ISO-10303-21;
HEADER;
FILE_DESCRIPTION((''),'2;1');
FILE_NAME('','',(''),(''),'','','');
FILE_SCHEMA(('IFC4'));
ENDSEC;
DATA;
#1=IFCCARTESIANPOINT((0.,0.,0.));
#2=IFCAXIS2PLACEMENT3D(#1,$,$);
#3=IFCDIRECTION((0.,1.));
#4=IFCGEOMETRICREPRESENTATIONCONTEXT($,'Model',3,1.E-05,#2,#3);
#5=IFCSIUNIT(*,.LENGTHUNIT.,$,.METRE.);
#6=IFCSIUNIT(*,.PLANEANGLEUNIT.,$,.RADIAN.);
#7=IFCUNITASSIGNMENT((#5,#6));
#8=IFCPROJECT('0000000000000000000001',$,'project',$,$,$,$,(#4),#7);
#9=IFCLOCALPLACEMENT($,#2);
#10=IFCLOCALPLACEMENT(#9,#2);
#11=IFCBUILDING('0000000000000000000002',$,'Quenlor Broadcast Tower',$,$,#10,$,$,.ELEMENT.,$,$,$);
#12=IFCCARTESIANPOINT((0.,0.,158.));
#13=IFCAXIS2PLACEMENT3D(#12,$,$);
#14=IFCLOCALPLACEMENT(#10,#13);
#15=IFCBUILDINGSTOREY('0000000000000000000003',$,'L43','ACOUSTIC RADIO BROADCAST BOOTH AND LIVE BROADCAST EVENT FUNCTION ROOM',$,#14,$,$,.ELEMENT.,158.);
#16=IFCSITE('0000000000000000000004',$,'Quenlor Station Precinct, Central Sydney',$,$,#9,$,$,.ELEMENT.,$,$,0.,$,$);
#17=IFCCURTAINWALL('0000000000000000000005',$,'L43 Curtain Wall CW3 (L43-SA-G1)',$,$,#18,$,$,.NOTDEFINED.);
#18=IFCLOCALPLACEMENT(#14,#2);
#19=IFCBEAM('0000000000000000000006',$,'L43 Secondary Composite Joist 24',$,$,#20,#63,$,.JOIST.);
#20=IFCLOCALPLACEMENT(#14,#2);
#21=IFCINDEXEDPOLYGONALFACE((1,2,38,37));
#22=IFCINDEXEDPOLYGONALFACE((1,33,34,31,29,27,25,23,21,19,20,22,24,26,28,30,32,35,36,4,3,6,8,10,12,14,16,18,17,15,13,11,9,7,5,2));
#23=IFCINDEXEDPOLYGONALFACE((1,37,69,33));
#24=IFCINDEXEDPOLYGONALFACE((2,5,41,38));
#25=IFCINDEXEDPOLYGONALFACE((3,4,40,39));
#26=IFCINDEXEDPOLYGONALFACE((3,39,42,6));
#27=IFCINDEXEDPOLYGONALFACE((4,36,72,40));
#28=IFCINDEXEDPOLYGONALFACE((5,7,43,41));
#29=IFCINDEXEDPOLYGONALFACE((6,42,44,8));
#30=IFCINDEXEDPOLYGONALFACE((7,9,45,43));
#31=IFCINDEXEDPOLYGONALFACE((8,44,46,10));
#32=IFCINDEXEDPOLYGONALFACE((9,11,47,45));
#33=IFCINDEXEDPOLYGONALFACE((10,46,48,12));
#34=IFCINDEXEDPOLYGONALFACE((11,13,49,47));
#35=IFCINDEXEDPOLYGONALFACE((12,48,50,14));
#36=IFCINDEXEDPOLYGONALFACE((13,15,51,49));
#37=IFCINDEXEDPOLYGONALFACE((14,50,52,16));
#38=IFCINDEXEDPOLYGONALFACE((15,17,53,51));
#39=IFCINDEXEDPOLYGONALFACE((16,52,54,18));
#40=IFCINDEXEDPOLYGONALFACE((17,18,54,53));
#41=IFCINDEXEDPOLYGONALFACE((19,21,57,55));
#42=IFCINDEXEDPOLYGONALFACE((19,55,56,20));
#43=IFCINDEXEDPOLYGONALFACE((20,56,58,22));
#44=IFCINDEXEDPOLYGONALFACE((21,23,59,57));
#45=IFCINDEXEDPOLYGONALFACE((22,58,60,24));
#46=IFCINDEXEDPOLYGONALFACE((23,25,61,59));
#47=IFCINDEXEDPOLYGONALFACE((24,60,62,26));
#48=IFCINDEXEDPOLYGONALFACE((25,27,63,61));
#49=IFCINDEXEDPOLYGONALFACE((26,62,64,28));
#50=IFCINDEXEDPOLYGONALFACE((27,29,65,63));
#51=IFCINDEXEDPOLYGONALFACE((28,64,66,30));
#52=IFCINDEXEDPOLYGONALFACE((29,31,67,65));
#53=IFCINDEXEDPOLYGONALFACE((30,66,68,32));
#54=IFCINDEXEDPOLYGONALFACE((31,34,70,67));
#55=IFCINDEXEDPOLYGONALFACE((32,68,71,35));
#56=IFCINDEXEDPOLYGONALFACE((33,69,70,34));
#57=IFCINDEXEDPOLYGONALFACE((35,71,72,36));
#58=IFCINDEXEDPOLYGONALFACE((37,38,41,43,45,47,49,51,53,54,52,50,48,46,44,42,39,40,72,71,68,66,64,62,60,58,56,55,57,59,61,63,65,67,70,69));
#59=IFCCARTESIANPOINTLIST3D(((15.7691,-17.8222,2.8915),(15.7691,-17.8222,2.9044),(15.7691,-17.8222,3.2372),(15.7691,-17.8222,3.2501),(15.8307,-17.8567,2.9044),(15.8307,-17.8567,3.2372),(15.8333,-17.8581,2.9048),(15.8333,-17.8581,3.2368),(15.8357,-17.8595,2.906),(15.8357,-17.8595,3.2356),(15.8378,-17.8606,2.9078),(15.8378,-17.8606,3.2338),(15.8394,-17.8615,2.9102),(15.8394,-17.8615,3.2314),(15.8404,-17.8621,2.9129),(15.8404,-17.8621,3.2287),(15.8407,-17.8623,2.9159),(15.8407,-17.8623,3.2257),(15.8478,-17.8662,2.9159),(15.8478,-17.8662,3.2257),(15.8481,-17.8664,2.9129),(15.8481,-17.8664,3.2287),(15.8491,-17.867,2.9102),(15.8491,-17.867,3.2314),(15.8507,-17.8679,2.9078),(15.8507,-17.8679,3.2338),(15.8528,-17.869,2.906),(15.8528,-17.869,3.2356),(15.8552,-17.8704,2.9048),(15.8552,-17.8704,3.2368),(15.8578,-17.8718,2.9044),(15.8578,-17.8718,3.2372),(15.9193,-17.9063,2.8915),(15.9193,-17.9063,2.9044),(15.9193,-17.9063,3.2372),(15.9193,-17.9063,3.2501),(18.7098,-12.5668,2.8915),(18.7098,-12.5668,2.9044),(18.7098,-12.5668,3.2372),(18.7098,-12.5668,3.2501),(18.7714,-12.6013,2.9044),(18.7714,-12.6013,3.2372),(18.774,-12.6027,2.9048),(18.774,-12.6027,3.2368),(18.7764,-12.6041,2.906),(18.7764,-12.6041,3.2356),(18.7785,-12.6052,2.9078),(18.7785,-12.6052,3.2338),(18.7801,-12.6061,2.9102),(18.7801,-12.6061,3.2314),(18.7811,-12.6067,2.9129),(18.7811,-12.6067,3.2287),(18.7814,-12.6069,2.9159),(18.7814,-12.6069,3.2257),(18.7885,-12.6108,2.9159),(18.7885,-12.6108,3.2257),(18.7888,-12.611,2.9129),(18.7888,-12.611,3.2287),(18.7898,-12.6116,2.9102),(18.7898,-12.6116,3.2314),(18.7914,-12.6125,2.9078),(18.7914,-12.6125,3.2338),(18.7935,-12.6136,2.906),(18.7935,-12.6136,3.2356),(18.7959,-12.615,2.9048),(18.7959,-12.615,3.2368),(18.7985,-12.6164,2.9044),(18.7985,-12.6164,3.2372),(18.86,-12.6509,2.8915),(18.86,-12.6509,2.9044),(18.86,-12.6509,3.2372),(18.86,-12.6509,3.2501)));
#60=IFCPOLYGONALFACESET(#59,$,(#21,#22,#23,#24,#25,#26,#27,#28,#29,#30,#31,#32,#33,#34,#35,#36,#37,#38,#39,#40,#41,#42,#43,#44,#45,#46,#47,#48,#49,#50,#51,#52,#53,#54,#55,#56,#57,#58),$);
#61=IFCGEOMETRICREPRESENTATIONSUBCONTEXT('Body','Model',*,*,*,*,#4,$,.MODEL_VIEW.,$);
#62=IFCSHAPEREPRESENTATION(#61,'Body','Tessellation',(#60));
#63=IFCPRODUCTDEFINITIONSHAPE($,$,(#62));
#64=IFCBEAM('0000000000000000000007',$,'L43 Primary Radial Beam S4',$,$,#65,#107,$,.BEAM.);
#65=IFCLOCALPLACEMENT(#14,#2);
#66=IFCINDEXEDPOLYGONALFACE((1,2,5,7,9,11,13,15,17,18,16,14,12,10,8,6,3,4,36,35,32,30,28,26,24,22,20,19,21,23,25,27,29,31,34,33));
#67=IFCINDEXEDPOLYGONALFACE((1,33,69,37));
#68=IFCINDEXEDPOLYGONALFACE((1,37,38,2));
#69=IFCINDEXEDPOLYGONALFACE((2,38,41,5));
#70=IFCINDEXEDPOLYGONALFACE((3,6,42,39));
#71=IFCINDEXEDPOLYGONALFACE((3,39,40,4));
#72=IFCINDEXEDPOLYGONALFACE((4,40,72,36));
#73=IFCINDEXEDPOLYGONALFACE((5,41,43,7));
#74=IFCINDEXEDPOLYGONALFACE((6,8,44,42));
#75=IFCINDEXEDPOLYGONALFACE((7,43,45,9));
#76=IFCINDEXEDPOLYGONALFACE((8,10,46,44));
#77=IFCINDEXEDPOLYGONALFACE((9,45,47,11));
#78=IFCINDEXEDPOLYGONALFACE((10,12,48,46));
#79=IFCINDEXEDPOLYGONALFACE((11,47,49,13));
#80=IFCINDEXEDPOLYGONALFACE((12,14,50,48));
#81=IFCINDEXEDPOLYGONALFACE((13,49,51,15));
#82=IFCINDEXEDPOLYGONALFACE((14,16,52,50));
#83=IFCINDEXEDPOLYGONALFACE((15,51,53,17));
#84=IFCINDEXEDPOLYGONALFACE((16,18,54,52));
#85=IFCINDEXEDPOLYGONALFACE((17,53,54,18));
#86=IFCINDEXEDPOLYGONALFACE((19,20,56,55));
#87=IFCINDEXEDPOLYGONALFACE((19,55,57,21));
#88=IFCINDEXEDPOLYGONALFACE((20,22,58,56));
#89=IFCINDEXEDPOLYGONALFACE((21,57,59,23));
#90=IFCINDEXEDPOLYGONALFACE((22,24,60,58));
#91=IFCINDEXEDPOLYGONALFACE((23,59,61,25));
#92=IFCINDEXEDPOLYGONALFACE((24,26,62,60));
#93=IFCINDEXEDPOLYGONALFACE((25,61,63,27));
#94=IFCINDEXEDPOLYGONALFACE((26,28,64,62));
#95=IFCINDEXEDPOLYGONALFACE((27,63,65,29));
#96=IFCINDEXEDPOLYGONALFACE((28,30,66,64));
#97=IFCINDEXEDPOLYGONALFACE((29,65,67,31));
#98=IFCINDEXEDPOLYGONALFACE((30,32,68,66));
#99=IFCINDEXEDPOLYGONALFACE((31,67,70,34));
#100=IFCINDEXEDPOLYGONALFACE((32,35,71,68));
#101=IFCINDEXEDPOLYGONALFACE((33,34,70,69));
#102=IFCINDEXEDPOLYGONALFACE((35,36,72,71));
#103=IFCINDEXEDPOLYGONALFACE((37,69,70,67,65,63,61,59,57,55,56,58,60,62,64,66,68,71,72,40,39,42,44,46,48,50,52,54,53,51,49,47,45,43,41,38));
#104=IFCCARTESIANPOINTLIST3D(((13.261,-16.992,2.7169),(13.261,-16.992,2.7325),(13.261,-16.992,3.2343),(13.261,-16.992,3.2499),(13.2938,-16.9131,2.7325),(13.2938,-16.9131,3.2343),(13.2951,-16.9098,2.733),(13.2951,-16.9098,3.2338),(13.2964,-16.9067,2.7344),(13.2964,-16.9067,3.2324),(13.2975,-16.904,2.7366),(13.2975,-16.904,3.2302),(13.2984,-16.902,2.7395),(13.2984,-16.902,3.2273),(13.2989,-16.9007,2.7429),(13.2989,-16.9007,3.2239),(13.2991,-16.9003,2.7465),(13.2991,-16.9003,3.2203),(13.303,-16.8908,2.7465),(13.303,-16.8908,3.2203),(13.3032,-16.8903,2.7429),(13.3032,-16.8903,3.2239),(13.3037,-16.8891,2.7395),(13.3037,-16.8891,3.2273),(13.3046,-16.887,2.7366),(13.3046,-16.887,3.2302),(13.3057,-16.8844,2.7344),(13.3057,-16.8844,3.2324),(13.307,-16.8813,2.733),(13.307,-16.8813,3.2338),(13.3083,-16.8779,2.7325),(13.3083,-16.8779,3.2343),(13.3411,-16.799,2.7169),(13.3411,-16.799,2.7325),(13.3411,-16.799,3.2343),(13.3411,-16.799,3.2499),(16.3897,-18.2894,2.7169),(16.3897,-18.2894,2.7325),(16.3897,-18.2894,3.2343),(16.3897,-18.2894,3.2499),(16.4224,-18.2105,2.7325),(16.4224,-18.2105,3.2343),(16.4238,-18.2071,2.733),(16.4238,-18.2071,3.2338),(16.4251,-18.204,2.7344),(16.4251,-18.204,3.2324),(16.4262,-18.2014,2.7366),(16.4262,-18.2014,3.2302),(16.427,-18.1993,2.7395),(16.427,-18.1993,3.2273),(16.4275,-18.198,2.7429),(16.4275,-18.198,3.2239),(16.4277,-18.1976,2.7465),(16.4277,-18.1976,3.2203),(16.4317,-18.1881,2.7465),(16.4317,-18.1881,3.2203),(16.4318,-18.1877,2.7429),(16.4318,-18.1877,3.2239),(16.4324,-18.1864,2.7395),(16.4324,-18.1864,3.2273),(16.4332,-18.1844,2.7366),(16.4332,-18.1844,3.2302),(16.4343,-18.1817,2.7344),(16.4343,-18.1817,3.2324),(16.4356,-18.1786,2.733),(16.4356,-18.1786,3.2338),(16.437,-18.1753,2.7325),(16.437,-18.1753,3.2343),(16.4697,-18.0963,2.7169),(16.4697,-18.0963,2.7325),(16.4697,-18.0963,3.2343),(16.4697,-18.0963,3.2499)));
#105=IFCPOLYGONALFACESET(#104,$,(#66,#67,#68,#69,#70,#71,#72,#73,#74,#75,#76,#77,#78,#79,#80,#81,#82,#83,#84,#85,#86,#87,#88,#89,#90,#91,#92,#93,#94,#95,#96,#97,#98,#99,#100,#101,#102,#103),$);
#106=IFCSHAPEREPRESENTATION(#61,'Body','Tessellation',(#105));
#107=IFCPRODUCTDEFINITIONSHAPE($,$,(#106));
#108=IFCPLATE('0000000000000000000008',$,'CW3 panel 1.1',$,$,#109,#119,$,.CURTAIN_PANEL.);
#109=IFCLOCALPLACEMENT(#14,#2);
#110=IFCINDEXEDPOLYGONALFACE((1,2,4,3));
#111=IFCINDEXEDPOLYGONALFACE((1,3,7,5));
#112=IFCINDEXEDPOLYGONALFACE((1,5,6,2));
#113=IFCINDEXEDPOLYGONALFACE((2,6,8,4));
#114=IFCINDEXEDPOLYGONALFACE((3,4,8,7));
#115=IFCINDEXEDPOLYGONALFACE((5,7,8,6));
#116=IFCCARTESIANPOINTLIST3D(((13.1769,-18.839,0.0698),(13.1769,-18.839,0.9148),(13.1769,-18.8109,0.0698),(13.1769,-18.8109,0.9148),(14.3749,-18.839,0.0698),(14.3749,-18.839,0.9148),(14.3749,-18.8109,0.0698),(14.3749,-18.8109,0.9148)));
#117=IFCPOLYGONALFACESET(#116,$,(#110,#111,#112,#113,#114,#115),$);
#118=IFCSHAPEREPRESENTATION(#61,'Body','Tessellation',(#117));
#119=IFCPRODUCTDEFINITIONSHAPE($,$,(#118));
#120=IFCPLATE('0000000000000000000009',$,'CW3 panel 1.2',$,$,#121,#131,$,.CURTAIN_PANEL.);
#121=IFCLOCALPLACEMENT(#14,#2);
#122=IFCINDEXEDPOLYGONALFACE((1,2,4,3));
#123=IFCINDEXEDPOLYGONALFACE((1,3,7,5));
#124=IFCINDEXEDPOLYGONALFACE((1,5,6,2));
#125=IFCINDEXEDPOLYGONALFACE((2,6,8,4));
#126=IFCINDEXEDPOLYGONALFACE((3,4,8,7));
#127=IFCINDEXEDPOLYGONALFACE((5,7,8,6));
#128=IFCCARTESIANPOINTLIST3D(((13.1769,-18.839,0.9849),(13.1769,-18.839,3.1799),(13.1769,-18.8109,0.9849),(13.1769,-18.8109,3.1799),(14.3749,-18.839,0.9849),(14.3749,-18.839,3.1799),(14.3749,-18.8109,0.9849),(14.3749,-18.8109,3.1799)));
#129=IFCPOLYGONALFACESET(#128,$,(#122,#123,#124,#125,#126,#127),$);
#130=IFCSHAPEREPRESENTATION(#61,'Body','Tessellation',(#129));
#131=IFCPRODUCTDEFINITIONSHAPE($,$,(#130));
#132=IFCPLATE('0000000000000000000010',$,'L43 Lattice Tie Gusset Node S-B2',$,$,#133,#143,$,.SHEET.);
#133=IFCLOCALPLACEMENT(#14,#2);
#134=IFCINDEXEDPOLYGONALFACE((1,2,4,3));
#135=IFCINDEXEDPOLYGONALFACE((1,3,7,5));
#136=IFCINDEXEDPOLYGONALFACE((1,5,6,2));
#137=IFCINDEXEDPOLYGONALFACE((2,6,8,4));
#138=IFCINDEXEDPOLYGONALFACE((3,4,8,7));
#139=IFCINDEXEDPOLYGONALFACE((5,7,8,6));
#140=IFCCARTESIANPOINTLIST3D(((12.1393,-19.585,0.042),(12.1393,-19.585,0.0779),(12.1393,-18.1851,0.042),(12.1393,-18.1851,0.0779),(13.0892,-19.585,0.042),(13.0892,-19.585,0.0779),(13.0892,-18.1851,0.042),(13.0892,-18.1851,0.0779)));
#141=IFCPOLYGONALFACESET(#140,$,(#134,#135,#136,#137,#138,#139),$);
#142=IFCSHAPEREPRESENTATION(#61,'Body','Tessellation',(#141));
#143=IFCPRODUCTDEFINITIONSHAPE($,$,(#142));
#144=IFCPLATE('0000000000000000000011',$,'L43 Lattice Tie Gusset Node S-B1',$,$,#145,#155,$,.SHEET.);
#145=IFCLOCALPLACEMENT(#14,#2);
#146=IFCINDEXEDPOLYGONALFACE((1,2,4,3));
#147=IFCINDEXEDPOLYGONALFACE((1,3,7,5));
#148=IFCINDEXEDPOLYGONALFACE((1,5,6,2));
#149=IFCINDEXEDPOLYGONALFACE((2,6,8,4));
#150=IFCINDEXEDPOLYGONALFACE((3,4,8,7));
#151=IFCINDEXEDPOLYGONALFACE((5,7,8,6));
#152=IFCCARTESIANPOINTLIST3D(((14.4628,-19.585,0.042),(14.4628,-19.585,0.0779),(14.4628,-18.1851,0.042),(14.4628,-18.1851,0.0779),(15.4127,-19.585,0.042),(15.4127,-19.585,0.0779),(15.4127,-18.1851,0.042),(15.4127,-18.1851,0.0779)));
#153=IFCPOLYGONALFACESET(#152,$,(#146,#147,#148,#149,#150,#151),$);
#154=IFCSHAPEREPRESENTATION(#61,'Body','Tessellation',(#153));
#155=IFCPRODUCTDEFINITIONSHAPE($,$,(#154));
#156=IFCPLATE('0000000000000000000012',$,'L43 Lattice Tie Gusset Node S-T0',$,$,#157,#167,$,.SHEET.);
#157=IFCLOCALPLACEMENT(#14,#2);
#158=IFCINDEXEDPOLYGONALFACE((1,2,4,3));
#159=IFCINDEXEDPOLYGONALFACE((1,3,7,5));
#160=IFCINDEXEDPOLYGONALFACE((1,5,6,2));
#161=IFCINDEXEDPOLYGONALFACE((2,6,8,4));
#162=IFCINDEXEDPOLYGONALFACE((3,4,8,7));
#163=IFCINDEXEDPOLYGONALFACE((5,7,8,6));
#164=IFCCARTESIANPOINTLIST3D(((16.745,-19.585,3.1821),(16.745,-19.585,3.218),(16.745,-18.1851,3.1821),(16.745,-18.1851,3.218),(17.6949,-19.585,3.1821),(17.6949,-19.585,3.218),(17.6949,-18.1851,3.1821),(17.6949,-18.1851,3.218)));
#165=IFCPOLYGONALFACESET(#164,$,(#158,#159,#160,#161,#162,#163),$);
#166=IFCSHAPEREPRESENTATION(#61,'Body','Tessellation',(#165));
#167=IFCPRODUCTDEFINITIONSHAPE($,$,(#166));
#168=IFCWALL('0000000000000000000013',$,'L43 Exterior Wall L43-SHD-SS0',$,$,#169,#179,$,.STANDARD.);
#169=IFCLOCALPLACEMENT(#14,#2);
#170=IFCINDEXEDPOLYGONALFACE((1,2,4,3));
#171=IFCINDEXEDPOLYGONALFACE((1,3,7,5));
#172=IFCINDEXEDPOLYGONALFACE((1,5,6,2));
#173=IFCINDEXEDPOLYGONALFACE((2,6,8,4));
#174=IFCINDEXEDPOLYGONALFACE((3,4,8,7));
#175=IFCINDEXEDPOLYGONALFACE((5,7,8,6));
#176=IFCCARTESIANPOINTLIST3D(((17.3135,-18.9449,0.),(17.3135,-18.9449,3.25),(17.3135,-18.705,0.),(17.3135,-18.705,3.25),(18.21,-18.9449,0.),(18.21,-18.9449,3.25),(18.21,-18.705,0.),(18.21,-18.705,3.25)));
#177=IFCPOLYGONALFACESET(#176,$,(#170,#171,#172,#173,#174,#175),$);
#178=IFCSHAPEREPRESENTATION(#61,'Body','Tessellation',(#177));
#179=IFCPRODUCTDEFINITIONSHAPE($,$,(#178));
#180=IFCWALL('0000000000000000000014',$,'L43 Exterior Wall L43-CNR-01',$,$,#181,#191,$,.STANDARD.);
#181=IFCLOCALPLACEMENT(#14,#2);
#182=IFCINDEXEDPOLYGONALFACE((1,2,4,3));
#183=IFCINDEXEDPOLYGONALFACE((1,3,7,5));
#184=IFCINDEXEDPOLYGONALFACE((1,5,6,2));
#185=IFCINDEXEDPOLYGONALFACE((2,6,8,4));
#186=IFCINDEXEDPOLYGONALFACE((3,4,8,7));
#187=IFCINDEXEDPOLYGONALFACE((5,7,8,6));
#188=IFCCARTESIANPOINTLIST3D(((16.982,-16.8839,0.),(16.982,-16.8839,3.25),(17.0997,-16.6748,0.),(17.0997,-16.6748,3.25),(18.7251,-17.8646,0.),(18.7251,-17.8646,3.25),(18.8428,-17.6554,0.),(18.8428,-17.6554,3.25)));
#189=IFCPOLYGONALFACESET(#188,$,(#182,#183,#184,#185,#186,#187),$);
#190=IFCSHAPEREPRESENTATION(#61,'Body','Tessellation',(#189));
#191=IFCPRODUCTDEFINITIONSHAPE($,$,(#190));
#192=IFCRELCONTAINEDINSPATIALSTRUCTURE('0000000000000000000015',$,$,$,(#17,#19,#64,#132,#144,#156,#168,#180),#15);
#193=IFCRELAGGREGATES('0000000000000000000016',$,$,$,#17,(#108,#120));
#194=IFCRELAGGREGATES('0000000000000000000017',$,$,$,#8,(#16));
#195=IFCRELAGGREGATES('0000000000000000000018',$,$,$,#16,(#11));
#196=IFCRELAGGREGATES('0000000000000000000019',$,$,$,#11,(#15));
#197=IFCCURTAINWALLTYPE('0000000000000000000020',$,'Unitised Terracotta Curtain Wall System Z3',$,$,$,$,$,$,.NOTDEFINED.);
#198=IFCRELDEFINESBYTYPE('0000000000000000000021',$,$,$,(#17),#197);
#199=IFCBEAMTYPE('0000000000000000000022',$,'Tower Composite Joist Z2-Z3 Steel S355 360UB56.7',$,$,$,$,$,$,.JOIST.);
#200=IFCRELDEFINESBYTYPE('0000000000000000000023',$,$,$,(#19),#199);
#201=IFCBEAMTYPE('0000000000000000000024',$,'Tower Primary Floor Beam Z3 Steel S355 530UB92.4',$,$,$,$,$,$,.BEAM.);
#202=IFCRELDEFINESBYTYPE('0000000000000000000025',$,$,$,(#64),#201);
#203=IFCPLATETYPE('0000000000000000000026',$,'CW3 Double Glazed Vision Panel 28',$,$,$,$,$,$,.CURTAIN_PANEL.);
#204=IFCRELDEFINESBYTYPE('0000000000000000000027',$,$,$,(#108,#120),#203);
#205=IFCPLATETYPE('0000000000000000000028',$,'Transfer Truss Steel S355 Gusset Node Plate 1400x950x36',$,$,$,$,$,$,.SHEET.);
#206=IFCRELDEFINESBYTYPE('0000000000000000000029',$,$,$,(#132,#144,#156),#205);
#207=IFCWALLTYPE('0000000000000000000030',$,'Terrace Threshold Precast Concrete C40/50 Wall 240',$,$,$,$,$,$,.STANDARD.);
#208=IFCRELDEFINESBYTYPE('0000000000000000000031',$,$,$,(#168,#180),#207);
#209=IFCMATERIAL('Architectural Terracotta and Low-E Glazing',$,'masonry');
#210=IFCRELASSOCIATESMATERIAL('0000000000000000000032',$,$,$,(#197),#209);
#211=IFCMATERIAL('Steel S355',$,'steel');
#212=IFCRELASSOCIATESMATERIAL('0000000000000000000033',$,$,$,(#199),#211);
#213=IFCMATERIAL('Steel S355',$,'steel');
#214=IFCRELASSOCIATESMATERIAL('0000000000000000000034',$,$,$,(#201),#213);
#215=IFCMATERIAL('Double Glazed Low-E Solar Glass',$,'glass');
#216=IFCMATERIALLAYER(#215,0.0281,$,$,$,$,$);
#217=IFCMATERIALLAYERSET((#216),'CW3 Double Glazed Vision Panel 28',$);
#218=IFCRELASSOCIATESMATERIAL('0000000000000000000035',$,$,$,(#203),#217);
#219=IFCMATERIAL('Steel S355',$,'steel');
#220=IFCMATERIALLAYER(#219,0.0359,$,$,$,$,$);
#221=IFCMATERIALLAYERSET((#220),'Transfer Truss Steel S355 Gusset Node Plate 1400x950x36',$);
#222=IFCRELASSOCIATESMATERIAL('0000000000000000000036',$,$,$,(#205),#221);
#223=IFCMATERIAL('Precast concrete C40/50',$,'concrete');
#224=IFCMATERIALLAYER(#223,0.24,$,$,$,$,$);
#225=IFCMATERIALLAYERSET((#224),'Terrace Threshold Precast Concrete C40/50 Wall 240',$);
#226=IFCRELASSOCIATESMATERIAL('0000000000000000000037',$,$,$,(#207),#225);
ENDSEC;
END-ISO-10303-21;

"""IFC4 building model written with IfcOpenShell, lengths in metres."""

from ifc_helpers import new_model, si_unit, direction, frame, frame_2d, origin, origin_2d, place, context, subcontext, project, spatial, rectangle, i_section, extrude, material, layer, layer_set, material_profile, profile_set, type_object, element, aggregate, save


model = new_model("IFC4")

# Units and contexts
model_context = context("Model", 3, precision=1e-05, world=origin(), true_north=direction((0.0, 1.0)))
body_context = subcontext(model_context, "Body", "Model", "MODEL_VIEW")
ifc_project = project(units=[si_unit("LENGTHUNIT", "METRE"), si_unit("PLANEANGLEUNIT", "RADIAN")], contexts=[model_context])

# Site, building, storey
site_placement = place(None, origin())
site = spatial("IfcSite", under=ifc_project, at=site_placement, Name="Quenlor Station Precinct, Central Sydney", CompositionType="ELEMENT", RefElevation=0.0)
building_placement = place(site_placement, origin())
building = spatial("IfcBuilding", under=site, at=building_placement, Name="Quenlor Broadcast Tower", CompositionType="ELEMENT")
storey_placement = place(building_placement, frame((0.0, 0.0, 158.0)))
storey = spatial("IfcBuildingStorey", under=building, at=storey_placement, Name="L43", Description="ACOUSTIC RADIO BROADCAST BOOTH AND LIVE BROADCAST EVENT FUNCTION ROOM", CompositionType="ELEMENT", Elevation=158.0)

# Curtain wall
ifc_material_1 = material(Name="Architectural Terracotta and Low-E Glazing", Category="masonry")
curtain_wall_type = type_object("IfcCurtainWallType", Name="Unitised Terracotta Curtain Wall System Z3", PredefinedType="NOTDEFINED", material=ifc_material_1)
curtain_wall_placement = place(storey_placement, origin())
curtain_wall = element("IfcCurtainWall", 1, at=curtain_wall_placement, inside=storey, type_object=curtain_wall_type, Name="L43 Curtain Wall CW3 (L43-SA-G1)", PredefinedType="NOTDEFINED")

# Beams
ifc_material_2 = material(Name="Steel S355", Category="steel")
ifc_material_profile_1 = material_profile(ifc_material_2, i_section(OverallWidth=0.1721, OverallDepth=0.3586, WebThickness=0.0081, FlangeThickness=0.0129, FilletRadius=0.0115, at=origin_2d()))
ifc_profile_set_1 = profile_set([ifc_material_profile_1], Name="Steel S355 360UB56.7")
beam_type_1 = type_object("IfcBeamType", Name="Tower Composite Joist Z2-Z3 Steel S355 360UB56.7", PredefinedType="JOIST", material=ifc_profile_set_1)
beam_1_placement = place(storey_placement, frame((15.8442, -17.8643, 3.0708), z_axis=(0.488308, 0.872671, 0.0), x_axis=(-0.872671, 0.488308, 0.0)))
element("IfcBeam", 2, at=beam_1_placement, inside=storey, type_object=beam_type_1, Name="L43 Secondary Composite Joist 24", PredefinedType="JOIST", context=body_context, shape_type="SweptSolid", body=[
    extrude(i_section(OverallWidth=0.1721, OverallDepth=0.3586, WebThickness=0.0081, FlangeThickness=0.0129, FilletRadius=0.0115, at=origin_2d()), origin(), (0.0, 0.0, 1.0), 6.0222),
])
ifc_material_3 = material(Name="Steel S355", Category="steel")
ifc_material_profile_2 = material_profile(ifc_material_3, i_section(OverallWidth=0.209, OverallDepth=0.533, WebThickness=0.0103, FlangeThickness=0.0156, FilletRadius=0.0139, at=origin_2d()))
ifc_profile_set_2 = profile_set([ifc_material_profile_2], Name="Steel S355 530UB92.4")
beam_type_2 = type_object("IfcBeamType", Name="Tower Primary Floor Beam Z3 Steel S355 530UB92.4", PredefinedType="BEAM", material=ifc_profile_set_2)
beam_2_placement = place(storey_placement, frame((16.4297, -18.1929, 2.9834), z_axis=(-0.92373, 0.383044, 0.0), x_axis=(-0.383044, -0.92373, 0.0)))
element("IfcBeam", 3, at=beam_2_placement, inside=storey, type_object=beam_type_2, Name="L43 Primary Radial Beam S4", PredefinedType="BEAM", context=body_context, shape_type="SweptSolid", body=[
    extrude(i_section(OverallWidth=0.209, OverallDepth=0.533, WebThickness=0.0103, FlangeThickness=0.0156, FilletRadius=0.0139, at=origin_2d()), origin(), (0.0, 0.0, 1.0), 3.387),
])

# Plates
ifc_material_4 = material(Name="Double Glazed Low-E Solar Glass", Category="glass")
ifc_layer_1 = layer(ifc_material_4, 0.0281)
ifc_layer_set_1 = layer_set([ifc_layer_1], Name="CW3 Double Glazed Vision Panel 28")
plate_type_1 = type_object("IfcPlateType", Name="CW3 Double Glazed Vision Panel 28", PredefinedType="CURTAIN_PANEL", material=ifc_layer_set_1)
plate_1_placement = place(storey_placement, frame((13.7759, -18.825, 0.0698), z_axis=(0.0, 0.0, 1.0), x_axis=(-1.0, 0.0, 0.0)))
plate_1 = element("IfcPlate", 4, at=plate_1_placement, type_object=plate_type_1, Name="CW3 panel 1.1", PredefinedType="CURTAIN_PANEL", context=body_context, shape_type="SweptSolid", body=[
    extrude(rectangle(XDim=1.198, YDim=0.0281, at=origin_2d()), origin(), (0.0, 0.0, 1.0), 0.845),
])
plate_2_placement = place(storey_placement, frame((13.7759, -18.825, 0.9849), z_axis=(0.0, 0.0, 1.0), x_axis=(-1.0, 0.0, 0.0)))
plate_2 = element("IfcPlate", 5, at=plate_2_placement, type_object=plate_type_1, Name="CW3 panel 1.2", PredefinedType="CURTAIN_PANEL", context=body_context, shape_type="SweptSolid", body=[
    extrude(rectangle(XDim=1.198, YDim=0.0281, at=origin_2d()), origin(), (0.0, 0.0, 1.0), 2.1951),
])
aggregate(curtain_wall, [plate_1, plate_2])

# Plates
ifc_material_5 = material(Name="Steel S355", Category="steel")
ifc_layer_2 = layer(ifc_material_5, 0.0359)
ifc_layer_set_2 = layer_set([ifc_layer_2], Name="Transfer Truss Steel S355 Gusset Node Plate 1400x950x36")
plate_type_2 = type_object("IfcPlateType", Name="Transfer Truss Steel S355 Gusset Node Plate 1400x950x36", PredefinedType="SHEET", material=ifc_layer_set_2)
for number, where, z_axis, x_axis, name in (
    (6, (12.6143, -18.885, 0.042), (0.0, 0.0, 1.0), (0.0, -1.0, 0.0), "L43 Lattice Tie Gusset Node S-B2"),
    (7, (14.9377, -18.885, 0.042), (0.0, 0.0, 1.0), (0.0, -1.0, 0.0), "L43 Lattice Tie Gusset Node S-B1"),
    (8, (17.22, -18.885, 3.1821), (0.0, 0.0, 1.0), (0.0, -1.0, 0.0), "L43 Lattice Tie Gusset Node S-T0"),
):
    element("IfcPlate", number, at=place(storey_placement, frame(where, z_axis=z_axis, x_axis=x_axis)), inside=storey, type_object=plate_type_2, Name=name, PredefinedType="SHEET", context=body_context, shape_type="SweptSolid", body=[
        extrude(rectangle(XDim=1.3999, YDim=0.95, at=origin_2d()), origin(), (0.0, 0.0, 1.0), 0.0359),
    ])

# Walls
ifc_material_6 = material(Name="Precast concrete C40/50", Category="concrete")
ifc_layer_3 = layer(ifc_material_6, 0.24)
ifc_layer_set_3 = layer_set([ifc_layer_3], Name="Terrace Threshold Precast Concrete C40/50 Wall 240")
wall_type_1 = type_object("IfcWallType", Name="Terrace Threshold Precast Concrete C40/50 Wall 240", PredefinedType="STANDARD", material=ifc_layer_set_3)
wall_1_placement = place(storey_placement, frame((18.21, -18.825, 0.0), z_axis=(0.0, 0.0, 1.0), x_axis=(-1.0, 0.0, 0.0)))
element("IfcWall", 9, at=wall_1_placement, inside=storey, type_object=wall_type_1, Name="L43 Exterior Wall L43-SHD-SS0", PredefinedType="STANDARD", context=body_context, shape_type="SweptSolid", body=[
    extrude(rectangle(XDim=0.8965, YDim=0.24, at=frame_2d((0.4482, 0.0))), origin(), (0.0, 0.0, 1.0), 3.25),
])
wall_2_placement = place(storey_placement, frame((18.7839, -17.76, 0.0), z_axis=(0.0, 0.0, 1.0), x_axis=(-0.871536, 0.490331, 0.0)))
element("IfcWall", 10, at=wall_2_placement, inside=storey, type_object=wall_type_1, Name="L43 Exterior Wall L43-CNR-01", PredefinedType="STANDARD", context=body_context, shape_type="SweptSolid", body=[
    extrude(rectangle(XDim=2.0, YDim=0.24, at=frame_2d((1.0, 0.0))), origin(), (0.0, 0.0, 1.0), 3.25),
])

save(model, "model.ifc")
